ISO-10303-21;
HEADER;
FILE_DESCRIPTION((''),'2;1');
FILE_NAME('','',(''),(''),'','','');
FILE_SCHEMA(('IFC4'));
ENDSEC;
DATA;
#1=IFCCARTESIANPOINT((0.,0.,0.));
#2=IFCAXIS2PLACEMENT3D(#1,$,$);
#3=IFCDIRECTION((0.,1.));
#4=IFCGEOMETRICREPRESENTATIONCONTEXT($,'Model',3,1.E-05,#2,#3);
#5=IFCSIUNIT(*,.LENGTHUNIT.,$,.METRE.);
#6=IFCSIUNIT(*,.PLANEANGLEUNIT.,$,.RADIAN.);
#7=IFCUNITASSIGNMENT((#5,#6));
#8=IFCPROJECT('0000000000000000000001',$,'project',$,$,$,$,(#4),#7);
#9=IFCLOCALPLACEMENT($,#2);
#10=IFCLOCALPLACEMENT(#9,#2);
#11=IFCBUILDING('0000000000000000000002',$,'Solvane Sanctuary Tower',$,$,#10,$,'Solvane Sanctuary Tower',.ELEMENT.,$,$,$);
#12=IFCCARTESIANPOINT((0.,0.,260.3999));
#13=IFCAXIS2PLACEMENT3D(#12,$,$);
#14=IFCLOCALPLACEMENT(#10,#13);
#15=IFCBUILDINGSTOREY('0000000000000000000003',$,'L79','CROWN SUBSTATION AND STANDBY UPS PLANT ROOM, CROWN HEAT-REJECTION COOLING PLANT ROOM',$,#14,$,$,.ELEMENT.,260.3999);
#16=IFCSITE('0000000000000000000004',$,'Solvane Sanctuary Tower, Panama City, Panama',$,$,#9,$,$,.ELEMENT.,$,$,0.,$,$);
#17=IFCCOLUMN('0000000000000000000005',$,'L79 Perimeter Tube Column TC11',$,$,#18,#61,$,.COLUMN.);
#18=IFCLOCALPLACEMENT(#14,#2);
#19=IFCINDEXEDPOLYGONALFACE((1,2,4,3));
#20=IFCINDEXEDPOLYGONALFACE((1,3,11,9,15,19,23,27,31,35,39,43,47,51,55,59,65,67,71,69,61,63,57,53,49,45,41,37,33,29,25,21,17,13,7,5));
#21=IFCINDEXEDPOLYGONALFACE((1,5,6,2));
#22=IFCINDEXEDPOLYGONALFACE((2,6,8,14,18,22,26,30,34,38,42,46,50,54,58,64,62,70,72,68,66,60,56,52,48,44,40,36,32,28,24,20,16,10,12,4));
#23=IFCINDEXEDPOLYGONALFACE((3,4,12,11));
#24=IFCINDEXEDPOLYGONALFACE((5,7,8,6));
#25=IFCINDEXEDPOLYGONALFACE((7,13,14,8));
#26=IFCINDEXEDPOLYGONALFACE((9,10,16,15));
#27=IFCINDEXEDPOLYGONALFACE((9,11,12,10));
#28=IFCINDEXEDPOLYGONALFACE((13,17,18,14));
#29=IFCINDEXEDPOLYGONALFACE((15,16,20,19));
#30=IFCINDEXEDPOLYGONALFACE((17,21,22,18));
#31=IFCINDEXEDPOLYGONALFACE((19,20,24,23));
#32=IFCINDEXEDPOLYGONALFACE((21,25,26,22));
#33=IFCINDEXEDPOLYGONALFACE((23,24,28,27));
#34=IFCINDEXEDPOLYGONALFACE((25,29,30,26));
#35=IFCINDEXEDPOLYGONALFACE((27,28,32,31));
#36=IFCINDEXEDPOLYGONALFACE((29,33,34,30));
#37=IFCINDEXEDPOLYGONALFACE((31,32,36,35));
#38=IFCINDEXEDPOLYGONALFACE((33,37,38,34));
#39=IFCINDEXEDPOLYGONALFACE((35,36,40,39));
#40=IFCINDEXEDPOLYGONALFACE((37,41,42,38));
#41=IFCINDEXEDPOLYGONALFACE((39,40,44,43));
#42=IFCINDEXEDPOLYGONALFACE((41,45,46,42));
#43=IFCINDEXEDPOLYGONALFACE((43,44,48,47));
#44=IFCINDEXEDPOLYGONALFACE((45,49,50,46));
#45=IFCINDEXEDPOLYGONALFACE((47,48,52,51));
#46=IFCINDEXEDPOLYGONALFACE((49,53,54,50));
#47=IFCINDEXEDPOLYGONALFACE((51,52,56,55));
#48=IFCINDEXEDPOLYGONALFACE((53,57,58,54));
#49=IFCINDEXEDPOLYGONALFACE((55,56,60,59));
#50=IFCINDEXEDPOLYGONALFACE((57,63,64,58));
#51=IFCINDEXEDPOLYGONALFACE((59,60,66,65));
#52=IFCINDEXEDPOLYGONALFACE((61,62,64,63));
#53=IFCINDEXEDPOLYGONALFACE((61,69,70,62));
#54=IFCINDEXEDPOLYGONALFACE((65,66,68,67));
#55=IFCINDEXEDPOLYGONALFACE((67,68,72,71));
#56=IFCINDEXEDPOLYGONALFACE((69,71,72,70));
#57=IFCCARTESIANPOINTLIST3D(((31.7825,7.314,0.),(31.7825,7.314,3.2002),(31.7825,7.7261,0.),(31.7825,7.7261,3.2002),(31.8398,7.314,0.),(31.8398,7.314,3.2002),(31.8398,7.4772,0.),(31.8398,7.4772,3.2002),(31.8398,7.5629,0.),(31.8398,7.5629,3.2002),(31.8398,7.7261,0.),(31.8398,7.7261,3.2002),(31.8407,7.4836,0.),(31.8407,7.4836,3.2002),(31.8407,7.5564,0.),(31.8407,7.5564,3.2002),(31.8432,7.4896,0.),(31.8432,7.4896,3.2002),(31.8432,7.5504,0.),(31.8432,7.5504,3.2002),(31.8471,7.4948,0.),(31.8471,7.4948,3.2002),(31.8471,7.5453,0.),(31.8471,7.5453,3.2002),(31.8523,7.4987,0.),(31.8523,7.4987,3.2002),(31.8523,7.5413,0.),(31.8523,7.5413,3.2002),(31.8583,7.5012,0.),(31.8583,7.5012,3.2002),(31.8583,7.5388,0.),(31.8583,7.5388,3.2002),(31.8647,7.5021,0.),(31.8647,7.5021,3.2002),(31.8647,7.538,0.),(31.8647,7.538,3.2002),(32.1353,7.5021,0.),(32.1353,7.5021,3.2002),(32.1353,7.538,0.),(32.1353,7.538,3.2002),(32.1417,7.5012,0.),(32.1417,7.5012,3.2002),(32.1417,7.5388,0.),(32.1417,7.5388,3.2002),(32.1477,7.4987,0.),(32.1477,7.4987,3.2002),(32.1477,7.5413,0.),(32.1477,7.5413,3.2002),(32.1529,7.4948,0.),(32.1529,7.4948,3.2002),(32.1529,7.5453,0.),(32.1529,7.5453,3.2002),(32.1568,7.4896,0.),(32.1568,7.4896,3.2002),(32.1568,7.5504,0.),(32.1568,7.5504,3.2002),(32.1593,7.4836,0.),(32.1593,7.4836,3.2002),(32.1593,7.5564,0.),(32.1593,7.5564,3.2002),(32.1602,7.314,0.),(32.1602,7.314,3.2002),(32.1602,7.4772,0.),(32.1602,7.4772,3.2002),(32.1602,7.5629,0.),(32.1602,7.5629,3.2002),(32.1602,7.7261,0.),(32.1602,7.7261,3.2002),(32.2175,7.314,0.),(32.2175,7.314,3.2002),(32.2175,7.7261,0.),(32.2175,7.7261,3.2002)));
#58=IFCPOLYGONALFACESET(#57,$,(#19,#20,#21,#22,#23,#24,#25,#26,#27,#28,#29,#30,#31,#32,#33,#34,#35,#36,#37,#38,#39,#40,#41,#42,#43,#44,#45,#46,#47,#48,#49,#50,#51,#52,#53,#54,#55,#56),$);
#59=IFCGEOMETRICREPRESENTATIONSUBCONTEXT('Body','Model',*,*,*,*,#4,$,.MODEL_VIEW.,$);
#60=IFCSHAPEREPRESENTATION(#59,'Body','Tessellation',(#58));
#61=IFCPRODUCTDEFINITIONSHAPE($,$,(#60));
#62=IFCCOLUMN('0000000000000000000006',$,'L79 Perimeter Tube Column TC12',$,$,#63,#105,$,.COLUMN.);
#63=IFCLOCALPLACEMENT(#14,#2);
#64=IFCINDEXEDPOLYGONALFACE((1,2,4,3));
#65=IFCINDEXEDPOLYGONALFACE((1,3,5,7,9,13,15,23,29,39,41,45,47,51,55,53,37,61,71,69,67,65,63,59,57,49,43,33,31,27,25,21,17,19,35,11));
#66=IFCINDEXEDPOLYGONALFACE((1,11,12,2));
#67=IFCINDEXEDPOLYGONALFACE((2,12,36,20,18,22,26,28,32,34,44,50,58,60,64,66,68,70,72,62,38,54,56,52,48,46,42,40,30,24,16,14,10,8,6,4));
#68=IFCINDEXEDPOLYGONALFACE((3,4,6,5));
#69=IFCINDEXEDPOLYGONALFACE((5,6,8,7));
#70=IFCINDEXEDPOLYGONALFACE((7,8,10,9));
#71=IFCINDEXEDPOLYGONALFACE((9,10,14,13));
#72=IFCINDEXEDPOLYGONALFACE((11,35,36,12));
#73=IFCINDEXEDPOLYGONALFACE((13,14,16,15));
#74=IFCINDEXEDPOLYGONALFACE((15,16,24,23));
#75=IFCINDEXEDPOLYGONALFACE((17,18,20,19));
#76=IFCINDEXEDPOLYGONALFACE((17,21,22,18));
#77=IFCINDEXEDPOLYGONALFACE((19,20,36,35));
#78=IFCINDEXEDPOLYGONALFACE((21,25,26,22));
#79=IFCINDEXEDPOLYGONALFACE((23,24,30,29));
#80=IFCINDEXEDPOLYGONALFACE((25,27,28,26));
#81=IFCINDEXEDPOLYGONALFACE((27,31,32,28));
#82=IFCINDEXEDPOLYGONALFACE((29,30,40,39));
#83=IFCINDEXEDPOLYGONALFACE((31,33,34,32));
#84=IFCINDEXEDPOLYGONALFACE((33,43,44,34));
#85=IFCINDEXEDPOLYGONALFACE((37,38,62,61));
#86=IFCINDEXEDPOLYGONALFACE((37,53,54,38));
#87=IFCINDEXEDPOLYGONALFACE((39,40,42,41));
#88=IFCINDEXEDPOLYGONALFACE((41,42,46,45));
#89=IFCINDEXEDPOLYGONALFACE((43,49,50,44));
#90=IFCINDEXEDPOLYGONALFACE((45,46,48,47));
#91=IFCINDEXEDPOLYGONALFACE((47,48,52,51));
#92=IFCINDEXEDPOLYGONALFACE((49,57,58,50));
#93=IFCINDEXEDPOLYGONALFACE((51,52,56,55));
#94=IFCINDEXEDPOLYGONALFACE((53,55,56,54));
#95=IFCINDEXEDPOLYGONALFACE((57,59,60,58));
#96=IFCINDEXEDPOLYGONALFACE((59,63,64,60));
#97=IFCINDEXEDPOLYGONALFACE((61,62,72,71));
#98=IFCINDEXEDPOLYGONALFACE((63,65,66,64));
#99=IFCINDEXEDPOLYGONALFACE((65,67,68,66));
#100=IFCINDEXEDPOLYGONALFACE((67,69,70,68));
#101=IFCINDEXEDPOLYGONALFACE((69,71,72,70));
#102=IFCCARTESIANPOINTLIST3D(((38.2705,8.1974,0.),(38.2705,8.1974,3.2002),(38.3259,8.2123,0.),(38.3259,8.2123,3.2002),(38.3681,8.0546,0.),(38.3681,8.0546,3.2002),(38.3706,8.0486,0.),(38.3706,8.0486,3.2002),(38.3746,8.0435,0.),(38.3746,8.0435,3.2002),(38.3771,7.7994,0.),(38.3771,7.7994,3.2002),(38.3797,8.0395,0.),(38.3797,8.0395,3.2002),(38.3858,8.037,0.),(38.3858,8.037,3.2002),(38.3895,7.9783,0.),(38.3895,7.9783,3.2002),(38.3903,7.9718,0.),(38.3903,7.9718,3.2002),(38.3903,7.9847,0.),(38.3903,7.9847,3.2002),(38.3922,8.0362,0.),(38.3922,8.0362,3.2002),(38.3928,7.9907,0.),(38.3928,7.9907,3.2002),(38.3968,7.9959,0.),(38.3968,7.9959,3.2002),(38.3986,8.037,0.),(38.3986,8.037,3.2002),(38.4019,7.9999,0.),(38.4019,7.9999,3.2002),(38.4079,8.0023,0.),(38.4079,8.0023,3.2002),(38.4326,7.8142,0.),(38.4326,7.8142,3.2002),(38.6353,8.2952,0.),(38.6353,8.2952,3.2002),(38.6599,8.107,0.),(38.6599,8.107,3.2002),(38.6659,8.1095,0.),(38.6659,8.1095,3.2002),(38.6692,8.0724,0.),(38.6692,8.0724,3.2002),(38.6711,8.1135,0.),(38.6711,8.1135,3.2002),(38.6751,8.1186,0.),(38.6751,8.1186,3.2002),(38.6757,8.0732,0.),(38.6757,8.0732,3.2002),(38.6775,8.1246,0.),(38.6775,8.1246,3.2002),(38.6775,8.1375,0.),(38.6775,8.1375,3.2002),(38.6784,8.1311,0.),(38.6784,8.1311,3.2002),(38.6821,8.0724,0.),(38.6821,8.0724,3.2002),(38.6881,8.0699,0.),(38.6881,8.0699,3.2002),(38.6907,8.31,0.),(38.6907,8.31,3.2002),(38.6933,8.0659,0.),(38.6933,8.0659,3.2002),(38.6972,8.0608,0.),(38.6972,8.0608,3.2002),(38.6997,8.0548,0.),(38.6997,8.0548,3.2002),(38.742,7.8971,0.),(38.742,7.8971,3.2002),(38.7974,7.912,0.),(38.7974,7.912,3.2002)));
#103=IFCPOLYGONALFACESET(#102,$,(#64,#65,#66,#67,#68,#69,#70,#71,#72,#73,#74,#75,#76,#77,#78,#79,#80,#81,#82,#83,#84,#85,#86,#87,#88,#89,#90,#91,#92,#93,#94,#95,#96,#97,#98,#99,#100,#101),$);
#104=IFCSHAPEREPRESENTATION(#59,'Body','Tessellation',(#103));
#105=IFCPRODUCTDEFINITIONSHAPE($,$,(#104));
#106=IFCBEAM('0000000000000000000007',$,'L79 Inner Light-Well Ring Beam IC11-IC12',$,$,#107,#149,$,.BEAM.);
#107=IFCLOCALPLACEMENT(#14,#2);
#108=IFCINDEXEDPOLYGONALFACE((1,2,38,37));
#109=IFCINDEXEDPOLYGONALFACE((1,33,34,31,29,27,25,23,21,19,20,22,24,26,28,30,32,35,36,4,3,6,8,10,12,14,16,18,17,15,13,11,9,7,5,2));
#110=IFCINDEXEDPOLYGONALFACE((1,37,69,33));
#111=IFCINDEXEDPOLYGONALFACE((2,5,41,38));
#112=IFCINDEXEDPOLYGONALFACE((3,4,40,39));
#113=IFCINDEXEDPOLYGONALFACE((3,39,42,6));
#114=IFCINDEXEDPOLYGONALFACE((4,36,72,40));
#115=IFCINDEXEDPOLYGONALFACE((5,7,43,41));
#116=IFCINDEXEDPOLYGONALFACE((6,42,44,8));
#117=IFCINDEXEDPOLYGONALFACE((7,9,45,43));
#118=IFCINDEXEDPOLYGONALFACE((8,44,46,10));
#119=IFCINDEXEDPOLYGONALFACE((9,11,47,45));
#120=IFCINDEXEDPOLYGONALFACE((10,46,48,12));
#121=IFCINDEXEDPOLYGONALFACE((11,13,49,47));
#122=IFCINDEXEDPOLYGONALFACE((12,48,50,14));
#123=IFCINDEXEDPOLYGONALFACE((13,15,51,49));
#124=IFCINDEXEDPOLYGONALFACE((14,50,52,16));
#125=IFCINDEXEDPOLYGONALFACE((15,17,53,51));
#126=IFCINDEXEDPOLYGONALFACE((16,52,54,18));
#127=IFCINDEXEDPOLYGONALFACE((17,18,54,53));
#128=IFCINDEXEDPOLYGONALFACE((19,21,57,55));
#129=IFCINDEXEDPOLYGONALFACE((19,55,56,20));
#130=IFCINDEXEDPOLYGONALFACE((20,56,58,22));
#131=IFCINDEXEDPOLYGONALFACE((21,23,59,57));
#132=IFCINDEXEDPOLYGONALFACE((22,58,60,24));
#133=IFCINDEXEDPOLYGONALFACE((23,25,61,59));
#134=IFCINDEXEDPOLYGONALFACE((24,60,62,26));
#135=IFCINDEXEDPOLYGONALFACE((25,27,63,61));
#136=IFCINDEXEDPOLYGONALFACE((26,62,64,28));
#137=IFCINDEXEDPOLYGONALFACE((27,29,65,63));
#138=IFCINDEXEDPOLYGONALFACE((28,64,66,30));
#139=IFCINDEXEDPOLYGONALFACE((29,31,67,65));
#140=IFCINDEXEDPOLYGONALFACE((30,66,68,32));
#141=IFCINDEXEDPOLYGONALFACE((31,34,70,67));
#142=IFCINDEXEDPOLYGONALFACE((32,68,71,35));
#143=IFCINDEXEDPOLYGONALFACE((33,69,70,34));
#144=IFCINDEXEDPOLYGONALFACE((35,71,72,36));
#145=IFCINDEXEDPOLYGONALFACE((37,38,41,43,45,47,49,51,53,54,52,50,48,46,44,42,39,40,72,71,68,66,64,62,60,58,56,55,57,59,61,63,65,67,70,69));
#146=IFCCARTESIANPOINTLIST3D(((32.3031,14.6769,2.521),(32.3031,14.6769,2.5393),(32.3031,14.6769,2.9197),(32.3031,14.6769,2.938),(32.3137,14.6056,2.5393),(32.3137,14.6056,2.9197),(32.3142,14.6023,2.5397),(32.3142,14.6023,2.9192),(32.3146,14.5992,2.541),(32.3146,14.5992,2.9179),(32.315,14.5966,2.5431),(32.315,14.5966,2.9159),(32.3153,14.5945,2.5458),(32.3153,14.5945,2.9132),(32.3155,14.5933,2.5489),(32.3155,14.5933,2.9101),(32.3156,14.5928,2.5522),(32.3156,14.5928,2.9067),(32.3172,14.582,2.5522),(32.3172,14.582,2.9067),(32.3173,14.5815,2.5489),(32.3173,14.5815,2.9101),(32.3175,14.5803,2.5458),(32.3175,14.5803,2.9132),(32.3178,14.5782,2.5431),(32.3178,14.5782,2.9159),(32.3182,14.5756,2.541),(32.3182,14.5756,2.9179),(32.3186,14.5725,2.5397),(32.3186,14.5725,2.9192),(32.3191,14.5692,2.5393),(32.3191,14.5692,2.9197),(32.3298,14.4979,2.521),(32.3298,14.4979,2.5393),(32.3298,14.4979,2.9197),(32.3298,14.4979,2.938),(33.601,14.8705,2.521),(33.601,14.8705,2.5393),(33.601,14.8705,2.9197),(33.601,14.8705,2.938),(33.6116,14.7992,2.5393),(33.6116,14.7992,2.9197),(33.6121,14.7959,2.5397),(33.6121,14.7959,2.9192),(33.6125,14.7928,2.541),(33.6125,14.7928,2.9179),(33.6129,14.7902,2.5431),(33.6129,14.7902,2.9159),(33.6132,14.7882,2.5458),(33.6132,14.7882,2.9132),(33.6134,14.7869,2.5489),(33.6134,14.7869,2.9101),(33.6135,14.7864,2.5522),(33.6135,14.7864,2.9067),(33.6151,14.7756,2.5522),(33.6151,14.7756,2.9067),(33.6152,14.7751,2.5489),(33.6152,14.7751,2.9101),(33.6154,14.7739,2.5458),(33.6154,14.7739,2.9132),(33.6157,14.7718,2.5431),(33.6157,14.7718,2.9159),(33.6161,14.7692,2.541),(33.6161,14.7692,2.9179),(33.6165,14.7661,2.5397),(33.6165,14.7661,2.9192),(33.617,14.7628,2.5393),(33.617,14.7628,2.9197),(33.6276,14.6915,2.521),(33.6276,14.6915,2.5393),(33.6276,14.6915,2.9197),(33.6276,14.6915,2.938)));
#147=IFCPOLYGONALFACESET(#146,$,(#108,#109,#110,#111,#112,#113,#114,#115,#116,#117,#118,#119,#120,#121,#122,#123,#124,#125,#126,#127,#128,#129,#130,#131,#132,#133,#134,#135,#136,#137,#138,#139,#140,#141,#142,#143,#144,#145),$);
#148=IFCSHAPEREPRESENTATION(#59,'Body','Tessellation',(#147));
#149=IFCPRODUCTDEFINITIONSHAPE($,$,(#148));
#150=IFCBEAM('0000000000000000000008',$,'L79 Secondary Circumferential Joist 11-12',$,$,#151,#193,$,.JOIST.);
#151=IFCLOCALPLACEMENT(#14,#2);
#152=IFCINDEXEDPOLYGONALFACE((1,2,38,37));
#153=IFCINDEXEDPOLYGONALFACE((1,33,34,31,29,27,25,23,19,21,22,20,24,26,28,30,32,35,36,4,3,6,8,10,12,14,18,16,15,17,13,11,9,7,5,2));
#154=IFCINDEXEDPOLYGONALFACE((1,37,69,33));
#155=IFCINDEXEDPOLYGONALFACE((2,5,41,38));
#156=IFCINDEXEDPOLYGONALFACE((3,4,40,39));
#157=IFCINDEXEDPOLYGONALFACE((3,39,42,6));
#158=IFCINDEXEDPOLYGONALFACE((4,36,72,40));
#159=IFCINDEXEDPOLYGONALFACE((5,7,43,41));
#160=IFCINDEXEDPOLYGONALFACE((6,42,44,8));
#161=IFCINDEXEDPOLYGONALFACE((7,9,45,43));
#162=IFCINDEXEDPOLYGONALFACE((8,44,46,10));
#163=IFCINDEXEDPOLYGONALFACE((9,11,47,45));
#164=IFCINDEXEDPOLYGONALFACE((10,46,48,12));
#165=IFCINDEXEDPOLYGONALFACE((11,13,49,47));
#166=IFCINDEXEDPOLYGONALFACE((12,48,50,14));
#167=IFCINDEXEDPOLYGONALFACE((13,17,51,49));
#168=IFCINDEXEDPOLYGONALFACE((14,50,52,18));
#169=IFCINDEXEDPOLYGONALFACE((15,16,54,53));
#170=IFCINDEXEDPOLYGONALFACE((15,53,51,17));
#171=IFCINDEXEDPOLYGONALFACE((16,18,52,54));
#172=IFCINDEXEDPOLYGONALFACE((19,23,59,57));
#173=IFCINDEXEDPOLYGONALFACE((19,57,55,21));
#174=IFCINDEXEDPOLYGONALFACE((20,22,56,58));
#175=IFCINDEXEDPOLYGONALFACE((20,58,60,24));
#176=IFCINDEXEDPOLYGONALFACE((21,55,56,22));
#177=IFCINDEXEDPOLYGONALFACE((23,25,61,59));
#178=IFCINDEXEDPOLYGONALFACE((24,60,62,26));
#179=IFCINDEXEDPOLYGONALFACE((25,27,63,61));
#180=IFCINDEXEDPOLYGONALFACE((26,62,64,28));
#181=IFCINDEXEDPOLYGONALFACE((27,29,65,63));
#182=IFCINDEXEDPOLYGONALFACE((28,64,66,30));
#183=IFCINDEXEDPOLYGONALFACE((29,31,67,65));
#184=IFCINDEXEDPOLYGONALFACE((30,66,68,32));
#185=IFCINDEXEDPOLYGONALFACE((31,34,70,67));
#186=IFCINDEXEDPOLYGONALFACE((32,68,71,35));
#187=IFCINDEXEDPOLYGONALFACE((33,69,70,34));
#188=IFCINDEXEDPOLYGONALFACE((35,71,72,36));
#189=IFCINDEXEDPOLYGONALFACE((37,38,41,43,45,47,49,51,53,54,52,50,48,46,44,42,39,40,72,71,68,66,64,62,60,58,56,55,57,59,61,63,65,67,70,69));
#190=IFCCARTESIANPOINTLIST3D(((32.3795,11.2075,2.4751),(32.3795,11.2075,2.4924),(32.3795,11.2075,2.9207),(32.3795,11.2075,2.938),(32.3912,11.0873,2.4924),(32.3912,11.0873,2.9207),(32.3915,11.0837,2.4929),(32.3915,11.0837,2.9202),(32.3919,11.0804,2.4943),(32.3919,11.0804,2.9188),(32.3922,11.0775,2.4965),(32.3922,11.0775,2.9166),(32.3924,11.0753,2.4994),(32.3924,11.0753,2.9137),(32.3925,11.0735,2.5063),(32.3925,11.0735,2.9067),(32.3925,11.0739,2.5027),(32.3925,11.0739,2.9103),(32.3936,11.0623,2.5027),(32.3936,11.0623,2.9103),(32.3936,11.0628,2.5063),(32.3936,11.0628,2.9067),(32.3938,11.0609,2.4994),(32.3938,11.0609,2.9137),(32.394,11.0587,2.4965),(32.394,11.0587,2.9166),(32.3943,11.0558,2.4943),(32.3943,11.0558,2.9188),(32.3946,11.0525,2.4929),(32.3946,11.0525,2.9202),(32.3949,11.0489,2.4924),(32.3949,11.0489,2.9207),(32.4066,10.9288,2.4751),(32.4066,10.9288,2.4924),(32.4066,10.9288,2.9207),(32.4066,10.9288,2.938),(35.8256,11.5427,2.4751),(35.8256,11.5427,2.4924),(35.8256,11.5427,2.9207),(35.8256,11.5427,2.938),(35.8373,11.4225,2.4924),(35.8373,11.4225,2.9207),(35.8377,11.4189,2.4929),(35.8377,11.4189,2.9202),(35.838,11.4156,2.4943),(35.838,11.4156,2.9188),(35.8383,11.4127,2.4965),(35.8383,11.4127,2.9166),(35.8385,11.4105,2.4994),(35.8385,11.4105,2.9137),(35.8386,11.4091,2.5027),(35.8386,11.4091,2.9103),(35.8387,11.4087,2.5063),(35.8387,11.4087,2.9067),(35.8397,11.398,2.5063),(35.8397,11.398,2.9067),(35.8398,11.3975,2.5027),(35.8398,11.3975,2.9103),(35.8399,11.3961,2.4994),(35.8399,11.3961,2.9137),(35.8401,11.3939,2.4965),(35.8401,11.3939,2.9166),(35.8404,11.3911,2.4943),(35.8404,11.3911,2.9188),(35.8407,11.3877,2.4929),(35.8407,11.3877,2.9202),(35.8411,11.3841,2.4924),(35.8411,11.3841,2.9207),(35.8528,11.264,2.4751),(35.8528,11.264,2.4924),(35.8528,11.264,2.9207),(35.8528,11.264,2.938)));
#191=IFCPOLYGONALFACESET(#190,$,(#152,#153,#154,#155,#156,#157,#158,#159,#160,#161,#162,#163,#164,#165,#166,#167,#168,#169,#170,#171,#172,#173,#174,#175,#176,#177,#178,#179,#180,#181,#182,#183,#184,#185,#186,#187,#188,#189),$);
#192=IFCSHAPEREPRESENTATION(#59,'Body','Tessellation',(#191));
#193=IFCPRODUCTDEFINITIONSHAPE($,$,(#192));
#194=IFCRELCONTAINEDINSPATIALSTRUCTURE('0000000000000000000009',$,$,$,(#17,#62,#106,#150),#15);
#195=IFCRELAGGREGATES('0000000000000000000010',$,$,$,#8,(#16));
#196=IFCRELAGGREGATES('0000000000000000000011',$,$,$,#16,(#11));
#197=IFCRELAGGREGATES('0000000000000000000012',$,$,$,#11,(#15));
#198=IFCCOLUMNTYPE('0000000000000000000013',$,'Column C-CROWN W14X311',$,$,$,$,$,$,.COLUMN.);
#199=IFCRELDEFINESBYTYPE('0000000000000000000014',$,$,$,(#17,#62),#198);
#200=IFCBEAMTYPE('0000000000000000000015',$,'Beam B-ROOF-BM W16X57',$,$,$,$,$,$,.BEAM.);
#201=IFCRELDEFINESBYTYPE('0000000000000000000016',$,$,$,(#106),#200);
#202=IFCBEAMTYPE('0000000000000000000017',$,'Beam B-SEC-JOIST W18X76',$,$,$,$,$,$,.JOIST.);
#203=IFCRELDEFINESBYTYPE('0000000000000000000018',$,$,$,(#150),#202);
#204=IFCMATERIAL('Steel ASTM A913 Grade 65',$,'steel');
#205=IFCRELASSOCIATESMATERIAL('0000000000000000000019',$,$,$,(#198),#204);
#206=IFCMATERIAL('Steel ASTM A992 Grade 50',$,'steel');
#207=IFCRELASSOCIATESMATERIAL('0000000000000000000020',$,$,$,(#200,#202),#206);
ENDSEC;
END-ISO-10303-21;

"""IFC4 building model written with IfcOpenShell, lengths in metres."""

from ifc_helpers import new_model, si_unit, direction, frame, origin, origin_2d, place, context, subcontext, project, spatial, i_section, extrude, material, material_profile, profile_set, type_object, element, save


model = new_model("IFC4")

# Units and contexts
model_context = context("Model", 3, precision=1e-05, world=origin(), true_north=direction((0.0, 1.0)))
body_context = subcontext(model_context, "Body", "Model", "MODEL_VIEW")
ifc_project = project(units=[si_unit("LENGTHUNIT", "METRE"), si_unit("PLANEANGLEUNIT", "RADIAN")], contexts=[model_context])

# Site, building, storey
site_placement = place(None, origin())
site = spatial("IfcSite", under=ifc_project, at=site_placement, Name="Solvane Sanctuary Tower, Panama City, Panama", CompositionType="ELEMENT", RefElevation=0.0)
building_placement = place(site_placement, origin())
building = spatial("IfcBuilding", under=site, at=building_placement, Name="Solvane Sanctuary Tower", LongName="Solvane Sanctuary Tower", CompositionType="ELEMENT")
storey_placement = place(building_placement, frame((0.0, 0.0, 260.3999)))
storey = spatial("IfcBuildingStorey", under=building, at=storey_placement, Name="L79", Description="CROWN SUBSTATION AND STANDBY UPS PLANT ROOM, CROWN HEAT-REJECTION COOLING PLANT ROOM", CompositionType="ELEMENT", Elevation=260.3999)

# Columns
ifc_material_1 = material(Name="Steel ASTM A913 Grade 65", Category="steel")
ifc_material_profile_1 = material_profile(ifc_material_1, i_section(OverallWidth=0.4121, OverallDepth=0.4351, WebThickness=0.0359, FlangeThickness=0.0574, FilletRadius=0.0249, at=origin_2d()), Name="W14X311")
ifc_profile_set_1 = profile_set([ifc_material_profile_1], Name="Steel ASTM A913 Grade 65")
column_type = type_object("IfcColumnType", Name="Column C-CROWN W14X311", PredefinedType="COLUMN", material=ifc_profile_set_1)
for number, where, z_axis, x_axis, name in (
    (1, (32.0, 7.52, 0.0), (0.0, 0.0, 1.0), (0.0, -1.0, 0.0), "L79 Perimeter Tube Column TC11"),
    (2, (38.5339, 8.0547, 0.0), (0.0, 0.0, 1.0), (0.258819, -0.965926, 0.0), "L79 Perimeter Tube Column TC12"),
):
    element("IfcColumn", number, at=place(storey_placement, frame(where, z_axis=z_axis, x_axis=x_axis)), inside=storey, type_object=column_type, Name=name, PredefinedType="COLUMN", context=body_context, shape_type="SweptSolid", body=[
        extrude(i_section(OverallWidth=0.4121, OverallDepth=0.4351, WebThickness=0.0359, FlangeThickness=0.0574, FilletRadius=0.0249, at=origin_2d()), origin(), (0.0, 0.0, 1.0), 3.2002),
    ])

# Beams
ifc_material_2 = material(Name="Steel ASTM A992 Grade 50", Category="steel")
ifc_material_profile_2 = material_profile(ifc_material_2, i_section(OverallWidth=0.1809, OverallDepth=0.417, WebThickness=0.011, FlangeThickness=0.0183, FilletRadius=0.0129, at=origin_2d()), Name="W16X57")
ifc_profile_set_2 = profile_set([ifc_material_profile_2], Name="Steel ASTM A992 Grade 50")
beam_type_1 = type_object("IfcBeamType", Name="Beam B-ROOF-BM W16X57", PredefinedType="BEAM", material=ifc_profile_set_2)
beam_1_placement = place(storey_placement, frame((32.3164, 14.5874, 2.7295), z_axis=(0.989056, 0.14754, 0.0), x_axis=(-0.14754, 0.989056, 0.0)))
element("IfcBeam", 3, at=beam_1_placement, inside=storey, type_object=beam_type_1, Name="L79 Inner Light-Well Ring Beam IC11-IC12", PredefinedType="BEAM", context=body_context, shape_type="SweptSolid", body=[
    extrude(i_section(OverallWidth=0.1809, OverallDepth=0.417, WebThickness=0.011, FlangeThickness=0.0183, FilletRadius=0.0129, at=origin_2d()), origin(), (0.0, 0.0, 1.0), 1.3123),
])
ifc_material_profile_3 = material_profile(ifc_material_2, i_section(OverallWidth=0.28, OverallDepth=0.4629, WebThickness=0.0107, FlangeThickness=0.0173, FilletRadius=0.0139, at=origin_2d()), Name="W18X76")
ifc_profile_set_3 = profile_set([ifc_material_profile_3], Name="Steel ASTM A992 Grade 50")
beam_type_2 = type_object("IfcBeamType", Name="Beam B-SEC-JOIST W18X76", PredefinedType="JOIST", material=ifc_profile_set_3)
beam_2_placement = place(storey_placement, frame((32.3931, 11.0681, 2.7065), z_axis=(0.995302, 0.096815, 0.0), x_axis=(-0.096815, 0.995302, 0.0)))
element("IfcBeam", 4, at=beam_2_placement, inside=storey, type_object=beam_type_2, Name="L79 Secondary Circumferential Joist 11-12", PredefinedType="JOIST", context=body_context, shape_type="SweptSolid", body=[
    extrude(i_section(OverallWidth=0.28, OverallDepth=0.4629, WebThickness=0.0107, FlangeThickness=0.0173, FilletRadius=0.0139, at=origin_2d()), origin(), (0.0, 0.0, 1.0), 3.4624),
])

save(model, "model.ifc")
